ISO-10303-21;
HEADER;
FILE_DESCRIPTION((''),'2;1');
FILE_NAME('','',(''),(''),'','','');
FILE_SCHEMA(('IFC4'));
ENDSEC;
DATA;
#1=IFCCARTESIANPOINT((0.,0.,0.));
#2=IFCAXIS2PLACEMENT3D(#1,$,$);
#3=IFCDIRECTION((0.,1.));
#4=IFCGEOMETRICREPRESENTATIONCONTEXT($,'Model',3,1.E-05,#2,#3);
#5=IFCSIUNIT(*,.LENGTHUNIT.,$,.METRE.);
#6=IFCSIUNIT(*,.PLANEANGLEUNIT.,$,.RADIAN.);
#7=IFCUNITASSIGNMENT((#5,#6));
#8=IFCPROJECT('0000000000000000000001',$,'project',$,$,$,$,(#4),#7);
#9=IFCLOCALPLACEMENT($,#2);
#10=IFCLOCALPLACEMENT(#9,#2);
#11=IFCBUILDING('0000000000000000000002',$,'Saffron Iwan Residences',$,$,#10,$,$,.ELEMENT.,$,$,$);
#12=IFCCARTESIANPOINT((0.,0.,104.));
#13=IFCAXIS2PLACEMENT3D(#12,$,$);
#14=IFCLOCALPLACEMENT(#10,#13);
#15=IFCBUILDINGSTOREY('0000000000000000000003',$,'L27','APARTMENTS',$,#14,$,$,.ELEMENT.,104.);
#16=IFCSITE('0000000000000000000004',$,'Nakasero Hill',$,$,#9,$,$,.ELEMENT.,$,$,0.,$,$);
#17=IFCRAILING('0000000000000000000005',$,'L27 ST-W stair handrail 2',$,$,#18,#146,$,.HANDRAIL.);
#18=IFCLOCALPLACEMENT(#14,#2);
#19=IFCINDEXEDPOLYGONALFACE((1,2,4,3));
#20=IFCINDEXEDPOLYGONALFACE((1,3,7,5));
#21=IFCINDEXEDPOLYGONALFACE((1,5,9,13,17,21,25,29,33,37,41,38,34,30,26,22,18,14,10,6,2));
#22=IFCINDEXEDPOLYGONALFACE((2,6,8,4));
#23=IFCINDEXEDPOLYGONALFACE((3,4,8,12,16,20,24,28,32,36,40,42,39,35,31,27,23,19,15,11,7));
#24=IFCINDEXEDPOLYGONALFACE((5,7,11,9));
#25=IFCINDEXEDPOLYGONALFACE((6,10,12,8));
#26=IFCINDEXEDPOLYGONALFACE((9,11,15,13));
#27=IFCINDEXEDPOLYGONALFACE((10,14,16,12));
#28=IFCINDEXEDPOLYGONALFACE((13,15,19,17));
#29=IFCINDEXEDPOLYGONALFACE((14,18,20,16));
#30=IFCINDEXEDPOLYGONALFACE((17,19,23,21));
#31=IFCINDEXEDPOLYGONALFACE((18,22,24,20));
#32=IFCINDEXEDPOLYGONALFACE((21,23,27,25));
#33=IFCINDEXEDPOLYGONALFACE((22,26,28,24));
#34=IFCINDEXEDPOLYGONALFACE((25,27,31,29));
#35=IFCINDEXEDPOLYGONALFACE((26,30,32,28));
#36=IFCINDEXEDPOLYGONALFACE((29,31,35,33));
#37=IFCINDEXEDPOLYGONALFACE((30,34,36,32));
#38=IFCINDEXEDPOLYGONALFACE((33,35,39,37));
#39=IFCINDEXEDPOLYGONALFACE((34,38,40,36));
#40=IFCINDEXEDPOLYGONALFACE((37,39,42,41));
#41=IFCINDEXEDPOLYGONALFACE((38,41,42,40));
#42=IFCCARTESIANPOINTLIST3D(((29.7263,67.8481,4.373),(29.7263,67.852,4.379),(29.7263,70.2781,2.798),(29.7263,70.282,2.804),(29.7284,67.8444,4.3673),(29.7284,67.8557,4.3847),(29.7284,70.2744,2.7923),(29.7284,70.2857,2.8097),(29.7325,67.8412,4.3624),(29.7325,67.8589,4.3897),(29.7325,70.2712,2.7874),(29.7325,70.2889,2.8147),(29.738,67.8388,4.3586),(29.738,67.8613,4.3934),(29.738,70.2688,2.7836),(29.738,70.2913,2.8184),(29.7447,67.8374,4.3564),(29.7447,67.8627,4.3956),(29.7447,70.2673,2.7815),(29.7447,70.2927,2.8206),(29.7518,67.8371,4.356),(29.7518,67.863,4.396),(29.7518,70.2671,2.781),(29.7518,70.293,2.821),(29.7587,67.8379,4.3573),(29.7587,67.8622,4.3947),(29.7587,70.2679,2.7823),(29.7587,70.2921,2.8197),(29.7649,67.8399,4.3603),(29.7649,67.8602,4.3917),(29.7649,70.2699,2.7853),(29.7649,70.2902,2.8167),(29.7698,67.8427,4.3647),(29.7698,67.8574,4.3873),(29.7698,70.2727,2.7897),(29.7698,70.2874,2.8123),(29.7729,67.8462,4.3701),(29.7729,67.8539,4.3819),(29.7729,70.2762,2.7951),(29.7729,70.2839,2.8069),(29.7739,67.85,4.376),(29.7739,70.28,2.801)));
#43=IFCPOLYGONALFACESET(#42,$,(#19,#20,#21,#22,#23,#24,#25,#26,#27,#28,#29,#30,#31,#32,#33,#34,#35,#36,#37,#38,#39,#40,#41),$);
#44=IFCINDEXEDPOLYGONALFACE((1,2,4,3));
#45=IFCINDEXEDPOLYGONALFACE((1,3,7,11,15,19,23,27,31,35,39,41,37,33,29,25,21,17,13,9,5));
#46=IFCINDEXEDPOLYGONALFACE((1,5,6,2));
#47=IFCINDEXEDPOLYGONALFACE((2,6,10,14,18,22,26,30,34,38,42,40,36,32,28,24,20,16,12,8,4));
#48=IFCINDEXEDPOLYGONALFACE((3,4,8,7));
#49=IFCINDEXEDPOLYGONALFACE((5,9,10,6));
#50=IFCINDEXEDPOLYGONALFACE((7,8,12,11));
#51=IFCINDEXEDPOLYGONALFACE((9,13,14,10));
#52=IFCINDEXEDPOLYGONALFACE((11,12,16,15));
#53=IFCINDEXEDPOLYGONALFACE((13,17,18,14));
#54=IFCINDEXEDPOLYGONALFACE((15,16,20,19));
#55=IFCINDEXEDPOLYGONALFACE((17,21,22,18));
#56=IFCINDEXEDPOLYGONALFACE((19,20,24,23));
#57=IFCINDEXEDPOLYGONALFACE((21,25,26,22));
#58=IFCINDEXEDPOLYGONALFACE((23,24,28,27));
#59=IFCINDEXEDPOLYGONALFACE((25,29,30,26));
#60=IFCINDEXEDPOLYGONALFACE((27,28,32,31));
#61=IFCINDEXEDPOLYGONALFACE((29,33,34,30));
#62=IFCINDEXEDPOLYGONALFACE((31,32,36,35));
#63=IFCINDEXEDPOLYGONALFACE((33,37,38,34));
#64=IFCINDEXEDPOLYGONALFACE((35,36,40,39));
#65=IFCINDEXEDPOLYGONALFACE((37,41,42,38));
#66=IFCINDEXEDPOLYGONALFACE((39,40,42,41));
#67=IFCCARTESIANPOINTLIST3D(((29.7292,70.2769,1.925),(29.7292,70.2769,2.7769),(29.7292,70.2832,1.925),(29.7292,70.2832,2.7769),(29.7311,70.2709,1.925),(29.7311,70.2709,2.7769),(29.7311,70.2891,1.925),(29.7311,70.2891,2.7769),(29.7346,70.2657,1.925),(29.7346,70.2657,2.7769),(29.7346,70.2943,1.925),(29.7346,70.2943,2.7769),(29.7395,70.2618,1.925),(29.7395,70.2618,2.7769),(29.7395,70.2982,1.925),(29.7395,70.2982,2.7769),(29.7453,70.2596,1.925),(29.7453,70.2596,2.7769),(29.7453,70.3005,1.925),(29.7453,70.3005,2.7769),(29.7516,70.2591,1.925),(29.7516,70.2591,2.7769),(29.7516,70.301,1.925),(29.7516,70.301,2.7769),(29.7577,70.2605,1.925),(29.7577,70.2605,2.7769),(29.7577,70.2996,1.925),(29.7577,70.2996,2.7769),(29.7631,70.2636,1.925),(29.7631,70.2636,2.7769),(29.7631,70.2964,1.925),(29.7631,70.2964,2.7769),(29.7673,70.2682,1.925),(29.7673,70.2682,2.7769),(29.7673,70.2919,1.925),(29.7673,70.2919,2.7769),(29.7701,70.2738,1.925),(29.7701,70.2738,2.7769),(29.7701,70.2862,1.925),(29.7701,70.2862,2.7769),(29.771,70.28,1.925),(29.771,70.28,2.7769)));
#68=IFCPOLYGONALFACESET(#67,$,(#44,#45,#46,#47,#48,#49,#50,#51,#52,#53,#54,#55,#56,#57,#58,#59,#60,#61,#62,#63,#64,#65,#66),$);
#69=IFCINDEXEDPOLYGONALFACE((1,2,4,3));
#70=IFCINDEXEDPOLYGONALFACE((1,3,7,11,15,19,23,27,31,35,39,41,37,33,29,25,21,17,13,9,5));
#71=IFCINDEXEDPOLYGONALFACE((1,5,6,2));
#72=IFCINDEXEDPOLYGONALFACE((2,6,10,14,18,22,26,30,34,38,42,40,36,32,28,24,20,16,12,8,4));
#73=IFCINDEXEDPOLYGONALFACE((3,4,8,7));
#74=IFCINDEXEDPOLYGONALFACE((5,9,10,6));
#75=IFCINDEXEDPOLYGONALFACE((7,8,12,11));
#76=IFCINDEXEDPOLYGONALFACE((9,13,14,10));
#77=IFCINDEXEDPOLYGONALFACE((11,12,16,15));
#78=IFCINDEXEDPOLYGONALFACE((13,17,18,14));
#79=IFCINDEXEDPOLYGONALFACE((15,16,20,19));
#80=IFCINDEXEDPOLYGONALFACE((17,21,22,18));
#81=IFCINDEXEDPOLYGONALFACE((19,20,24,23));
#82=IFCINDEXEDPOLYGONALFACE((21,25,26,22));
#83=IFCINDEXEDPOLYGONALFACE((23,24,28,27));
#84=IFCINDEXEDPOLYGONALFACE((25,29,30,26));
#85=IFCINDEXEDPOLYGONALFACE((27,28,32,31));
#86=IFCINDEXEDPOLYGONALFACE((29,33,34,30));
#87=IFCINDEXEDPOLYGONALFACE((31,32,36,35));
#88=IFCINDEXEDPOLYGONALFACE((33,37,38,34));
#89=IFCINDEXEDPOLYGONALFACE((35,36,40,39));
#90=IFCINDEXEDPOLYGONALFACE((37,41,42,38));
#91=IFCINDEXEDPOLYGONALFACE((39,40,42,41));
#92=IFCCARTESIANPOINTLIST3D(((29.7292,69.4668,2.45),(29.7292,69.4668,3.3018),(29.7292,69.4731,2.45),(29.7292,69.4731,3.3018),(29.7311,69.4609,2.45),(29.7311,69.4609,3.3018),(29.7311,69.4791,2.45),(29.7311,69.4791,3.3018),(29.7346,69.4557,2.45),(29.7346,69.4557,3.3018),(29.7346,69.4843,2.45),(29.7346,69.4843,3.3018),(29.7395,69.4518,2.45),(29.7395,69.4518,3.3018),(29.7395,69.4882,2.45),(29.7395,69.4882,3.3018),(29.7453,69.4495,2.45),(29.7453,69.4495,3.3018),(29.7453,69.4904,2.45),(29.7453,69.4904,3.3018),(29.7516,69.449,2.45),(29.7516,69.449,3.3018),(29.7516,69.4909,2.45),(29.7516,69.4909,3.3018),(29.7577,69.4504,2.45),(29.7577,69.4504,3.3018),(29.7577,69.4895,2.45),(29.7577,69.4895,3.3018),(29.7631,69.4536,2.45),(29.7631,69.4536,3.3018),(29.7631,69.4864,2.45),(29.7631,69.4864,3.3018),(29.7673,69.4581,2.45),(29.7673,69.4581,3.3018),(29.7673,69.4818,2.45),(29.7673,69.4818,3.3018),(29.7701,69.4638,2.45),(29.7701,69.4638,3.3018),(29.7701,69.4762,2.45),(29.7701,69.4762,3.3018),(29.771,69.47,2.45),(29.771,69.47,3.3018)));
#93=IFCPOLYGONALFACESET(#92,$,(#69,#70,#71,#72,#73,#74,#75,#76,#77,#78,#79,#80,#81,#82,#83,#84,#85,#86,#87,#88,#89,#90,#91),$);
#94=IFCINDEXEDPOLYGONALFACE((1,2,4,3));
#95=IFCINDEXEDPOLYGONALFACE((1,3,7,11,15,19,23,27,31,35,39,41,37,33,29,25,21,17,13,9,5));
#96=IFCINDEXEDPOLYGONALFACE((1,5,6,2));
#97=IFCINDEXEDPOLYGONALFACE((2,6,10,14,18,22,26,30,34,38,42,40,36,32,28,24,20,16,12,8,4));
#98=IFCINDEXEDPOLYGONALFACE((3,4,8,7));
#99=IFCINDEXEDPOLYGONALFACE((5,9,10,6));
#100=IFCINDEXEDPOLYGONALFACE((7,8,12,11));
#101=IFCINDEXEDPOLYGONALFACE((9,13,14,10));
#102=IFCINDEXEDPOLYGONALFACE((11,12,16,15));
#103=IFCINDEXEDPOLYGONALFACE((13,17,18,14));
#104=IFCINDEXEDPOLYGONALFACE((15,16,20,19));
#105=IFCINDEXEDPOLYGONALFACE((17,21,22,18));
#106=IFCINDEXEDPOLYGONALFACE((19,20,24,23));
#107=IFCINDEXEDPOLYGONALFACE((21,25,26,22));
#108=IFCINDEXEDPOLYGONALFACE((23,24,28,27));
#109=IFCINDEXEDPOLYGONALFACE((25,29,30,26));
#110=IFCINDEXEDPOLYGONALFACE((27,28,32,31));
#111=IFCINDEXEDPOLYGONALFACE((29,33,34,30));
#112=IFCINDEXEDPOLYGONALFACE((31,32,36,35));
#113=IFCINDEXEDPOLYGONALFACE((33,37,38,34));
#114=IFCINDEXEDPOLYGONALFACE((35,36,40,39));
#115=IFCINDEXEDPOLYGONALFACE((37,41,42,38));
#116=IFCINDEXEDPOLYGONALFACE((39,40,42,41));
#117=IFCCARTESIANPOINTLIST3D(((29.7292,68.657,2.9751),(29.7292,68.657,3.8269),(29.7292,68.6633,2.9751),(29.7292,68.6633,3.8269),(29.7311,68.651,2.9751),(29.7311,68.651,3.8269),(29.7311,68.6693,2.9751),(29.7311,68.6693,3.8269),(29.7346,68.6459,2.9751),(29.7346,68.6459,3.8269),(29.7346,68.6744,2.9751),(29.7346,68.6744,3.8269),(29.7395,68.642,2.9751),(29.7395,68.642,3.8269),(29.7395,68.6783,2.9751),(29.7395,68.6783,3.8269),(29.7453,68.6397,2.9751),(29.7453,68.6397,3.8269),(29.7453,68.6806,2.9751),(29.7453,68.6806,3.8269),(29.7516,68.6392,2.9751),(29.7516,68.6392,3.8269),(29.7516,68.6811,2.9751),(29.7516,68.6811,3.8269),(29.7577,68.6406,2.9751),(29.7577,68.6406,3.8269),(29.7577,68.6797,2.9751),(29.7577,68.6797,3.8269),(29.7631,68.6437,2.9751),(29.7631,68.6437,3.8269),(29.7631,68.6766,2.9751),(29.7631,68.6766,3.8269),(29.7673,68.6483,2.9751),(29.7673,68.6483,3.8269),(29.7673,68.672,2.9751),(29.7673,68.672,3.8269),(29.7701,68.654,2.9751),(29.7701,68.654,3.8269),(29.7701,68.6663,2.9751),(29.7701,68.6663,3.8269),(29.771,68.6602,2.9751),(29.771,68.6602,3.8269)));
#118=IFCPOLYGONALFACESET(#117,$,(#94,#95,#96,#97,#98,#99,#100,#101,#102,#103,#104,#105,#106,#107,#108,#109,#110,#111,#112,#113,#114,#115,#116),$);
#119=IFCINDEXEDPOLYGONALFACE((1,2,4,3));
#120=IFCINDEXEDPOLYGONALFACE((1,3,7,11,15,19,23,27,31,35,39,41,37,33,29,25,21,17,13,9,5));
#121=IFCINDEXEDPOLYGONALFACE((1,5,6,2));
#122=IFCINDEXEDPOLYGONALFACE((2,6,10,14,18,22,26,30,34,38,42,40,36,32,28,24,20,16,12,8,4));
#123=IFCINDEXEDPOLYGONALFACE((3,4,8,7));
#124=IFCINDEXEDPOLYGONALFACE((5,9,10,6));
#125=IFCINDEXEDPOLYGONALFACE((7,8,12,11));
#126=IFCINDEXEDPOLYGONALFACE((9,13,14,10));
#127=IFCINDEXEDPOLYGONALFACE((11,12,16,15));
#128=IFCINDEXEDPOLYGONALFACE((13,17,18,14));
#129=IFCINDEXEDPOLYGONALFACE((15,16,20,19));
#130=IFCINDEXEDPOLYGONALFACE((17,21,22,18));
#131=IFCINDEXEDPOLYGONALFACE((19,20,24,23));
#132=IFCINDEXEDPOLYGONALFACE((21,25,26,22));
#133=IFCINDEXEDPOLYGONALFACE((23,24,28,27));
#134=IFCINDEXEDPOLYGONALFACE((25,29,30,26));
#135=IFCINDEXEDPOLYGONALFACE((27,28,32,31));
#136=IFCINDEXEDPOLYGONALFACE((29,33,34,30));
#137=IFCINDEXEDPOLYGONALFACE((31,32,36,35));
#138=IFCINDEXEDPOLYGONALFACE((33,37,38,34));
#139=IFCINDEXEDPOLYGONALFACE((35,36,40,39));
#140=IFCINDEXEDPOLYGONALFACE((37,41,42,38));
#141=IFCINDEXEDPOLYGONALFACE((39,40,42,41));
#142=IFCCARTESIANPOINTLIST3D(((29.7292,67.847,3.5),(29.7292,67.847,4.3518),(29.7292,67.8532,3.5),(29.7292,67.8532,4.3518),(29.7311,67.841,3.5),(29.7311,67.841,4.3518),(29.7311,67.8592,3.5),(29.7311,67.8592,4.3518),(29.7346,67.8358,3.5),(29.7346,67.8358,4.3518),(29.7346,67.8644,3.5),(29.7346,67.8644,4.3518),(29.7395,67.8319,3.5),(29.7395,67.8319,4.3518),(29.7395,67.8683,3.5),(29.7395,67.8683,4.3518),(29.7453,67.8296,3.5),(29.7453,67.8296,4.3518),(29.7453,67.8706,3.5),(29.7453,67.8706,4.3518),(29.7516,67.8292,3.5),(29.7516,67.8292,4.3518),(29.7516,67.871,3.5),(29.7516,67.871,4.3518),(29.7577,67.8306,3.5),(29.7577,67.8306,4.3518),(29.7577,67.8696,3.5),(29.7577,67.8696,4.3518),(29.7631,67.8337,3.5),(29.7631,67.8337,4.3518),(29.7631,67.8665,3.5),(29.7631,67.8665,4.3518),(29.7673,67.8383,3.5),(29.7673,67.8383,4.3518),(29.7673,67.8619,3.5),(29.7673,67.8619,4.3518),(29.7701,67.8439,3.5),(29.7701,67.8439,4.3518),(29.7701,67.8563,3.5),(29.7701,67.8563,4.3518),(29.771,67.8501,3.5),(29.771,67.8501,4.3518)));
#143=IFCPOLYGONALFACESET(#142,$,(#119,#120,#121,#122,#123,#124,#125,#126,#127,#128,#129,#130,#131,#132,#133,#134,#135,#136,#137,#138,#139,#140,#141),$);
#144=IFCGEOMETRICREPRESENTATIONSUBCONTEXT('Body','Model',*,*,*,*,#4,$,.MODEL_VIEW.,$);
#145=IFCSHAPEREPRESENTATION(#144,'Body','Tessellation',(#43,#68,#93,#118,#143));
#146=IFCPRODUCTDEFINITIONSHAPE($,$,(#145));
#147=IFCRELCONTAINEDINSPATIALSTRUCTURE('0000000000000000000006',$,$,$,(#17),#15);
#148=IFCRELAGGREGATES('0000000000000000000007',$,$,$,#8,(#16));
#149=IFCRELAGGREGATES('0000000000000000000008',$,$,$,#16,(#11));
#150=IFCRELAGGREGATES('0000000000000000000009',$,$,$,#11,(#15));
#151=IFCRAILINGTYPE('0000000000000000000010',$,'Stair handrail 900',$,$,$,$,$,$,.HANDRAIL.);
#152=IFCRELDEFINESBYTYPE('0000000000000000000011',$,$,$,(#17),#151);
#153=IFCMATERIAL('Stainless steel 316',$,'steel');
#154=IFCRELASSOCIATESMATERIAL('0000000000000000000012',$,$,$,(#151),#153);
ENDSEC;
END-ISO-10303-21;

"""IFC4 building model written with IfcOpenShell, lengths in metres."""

from ifc_helpers import new_model, si_unit, direction, frame, origin, origin_2d, place, context, subcontext, project, spatial, circle, extrude, material, type_object, element, save


model = new_model("IFC4")

# Units and contexts
model_context = context("Model", 3, precision=1e-05, world=origin(), true_north=direction((0.0, 1.0)))
body_context = subcontext(model_context, "Body", "Model", "MODEL_VIEW")
ifc_project = project(units=[si_unit("LENGTHUNIT", "METRE"), si_unit("PLANEANGLEUNIT", "RADIAN")], contexts=[model_context])

# Site, building, storey
site_placement = place(None, origin())
site = spatial("IfcSite", under=ifc_project, at=site_placement, Name="Nakasero Hill", CompositionType="ELEMENT", RefElevation=0.0)
building_placement = place(site_placement, origin())
building = spatial("IfcBuilding", under=site, at=building_placement, Name="Saffron Iwan Residences", CompositionType="ELEMENT")
storey_placement = place(building_placement, frame((0.0, 0.0, 104.0)))
storey = spatial("IfcBuildingStorey", under=building, at=storey_placement, Name="L27", Description="APARTMENTS", CompositionType="ELEMENT", Elevation=104.0)

# Railing
ifc_material_1 = material(Name="Stainless steel 316", Category="steel")
railing_type_1 = type_object("IfcRailingType", Name="Stair handrail 900", PredefinedType="HANDRAIL", material=ifc_material_1)
railing_1_placement = place(storey_placement, frame((29.75, 70.28, 1.925)))
element("IfcRailing", 1, at=railing_1_placement, inside=storey, type_object=railing_type_1, Name="L27 ST-W stair handrail 2", PredefinedType="HANDRAIL", context=body_context, shape_type="SweptSolid", body=[
    extrude(circle(Radius=0.0239, at=origin_2d()), frame((0.0, 0.0, 0.876), z_axis=(0.0, -0.839154, 0.543894), x_axis=(1.0, 0.0, 0.0)), (0.0, 0.0, 1.0), 2.8958),
    extrude(circle(Radius=0.021, at=origin_2d()), origin(), (0.0, 0.0, 1.0), 0.8518),
    extrude(circle(Radius=0.021, at=origin_2d()), frame((0.0, -0.8101, 0.5249)), (0.0, 0.0, 1.0), 0.8518),
    extrude(circle(Radius=0.021, at=origin_2d()), frame((0.0, -1.6199, 1.05)), (0.0, 0.0, 1.0), 0.8518),
    extrude(circle(Radius=0.021, at=origin_2d()), frame((0.0, -2.4299, 1.575)), (0.0, 0.0, 1.0), 0.8518),
])

save(model, "model.ifc")
